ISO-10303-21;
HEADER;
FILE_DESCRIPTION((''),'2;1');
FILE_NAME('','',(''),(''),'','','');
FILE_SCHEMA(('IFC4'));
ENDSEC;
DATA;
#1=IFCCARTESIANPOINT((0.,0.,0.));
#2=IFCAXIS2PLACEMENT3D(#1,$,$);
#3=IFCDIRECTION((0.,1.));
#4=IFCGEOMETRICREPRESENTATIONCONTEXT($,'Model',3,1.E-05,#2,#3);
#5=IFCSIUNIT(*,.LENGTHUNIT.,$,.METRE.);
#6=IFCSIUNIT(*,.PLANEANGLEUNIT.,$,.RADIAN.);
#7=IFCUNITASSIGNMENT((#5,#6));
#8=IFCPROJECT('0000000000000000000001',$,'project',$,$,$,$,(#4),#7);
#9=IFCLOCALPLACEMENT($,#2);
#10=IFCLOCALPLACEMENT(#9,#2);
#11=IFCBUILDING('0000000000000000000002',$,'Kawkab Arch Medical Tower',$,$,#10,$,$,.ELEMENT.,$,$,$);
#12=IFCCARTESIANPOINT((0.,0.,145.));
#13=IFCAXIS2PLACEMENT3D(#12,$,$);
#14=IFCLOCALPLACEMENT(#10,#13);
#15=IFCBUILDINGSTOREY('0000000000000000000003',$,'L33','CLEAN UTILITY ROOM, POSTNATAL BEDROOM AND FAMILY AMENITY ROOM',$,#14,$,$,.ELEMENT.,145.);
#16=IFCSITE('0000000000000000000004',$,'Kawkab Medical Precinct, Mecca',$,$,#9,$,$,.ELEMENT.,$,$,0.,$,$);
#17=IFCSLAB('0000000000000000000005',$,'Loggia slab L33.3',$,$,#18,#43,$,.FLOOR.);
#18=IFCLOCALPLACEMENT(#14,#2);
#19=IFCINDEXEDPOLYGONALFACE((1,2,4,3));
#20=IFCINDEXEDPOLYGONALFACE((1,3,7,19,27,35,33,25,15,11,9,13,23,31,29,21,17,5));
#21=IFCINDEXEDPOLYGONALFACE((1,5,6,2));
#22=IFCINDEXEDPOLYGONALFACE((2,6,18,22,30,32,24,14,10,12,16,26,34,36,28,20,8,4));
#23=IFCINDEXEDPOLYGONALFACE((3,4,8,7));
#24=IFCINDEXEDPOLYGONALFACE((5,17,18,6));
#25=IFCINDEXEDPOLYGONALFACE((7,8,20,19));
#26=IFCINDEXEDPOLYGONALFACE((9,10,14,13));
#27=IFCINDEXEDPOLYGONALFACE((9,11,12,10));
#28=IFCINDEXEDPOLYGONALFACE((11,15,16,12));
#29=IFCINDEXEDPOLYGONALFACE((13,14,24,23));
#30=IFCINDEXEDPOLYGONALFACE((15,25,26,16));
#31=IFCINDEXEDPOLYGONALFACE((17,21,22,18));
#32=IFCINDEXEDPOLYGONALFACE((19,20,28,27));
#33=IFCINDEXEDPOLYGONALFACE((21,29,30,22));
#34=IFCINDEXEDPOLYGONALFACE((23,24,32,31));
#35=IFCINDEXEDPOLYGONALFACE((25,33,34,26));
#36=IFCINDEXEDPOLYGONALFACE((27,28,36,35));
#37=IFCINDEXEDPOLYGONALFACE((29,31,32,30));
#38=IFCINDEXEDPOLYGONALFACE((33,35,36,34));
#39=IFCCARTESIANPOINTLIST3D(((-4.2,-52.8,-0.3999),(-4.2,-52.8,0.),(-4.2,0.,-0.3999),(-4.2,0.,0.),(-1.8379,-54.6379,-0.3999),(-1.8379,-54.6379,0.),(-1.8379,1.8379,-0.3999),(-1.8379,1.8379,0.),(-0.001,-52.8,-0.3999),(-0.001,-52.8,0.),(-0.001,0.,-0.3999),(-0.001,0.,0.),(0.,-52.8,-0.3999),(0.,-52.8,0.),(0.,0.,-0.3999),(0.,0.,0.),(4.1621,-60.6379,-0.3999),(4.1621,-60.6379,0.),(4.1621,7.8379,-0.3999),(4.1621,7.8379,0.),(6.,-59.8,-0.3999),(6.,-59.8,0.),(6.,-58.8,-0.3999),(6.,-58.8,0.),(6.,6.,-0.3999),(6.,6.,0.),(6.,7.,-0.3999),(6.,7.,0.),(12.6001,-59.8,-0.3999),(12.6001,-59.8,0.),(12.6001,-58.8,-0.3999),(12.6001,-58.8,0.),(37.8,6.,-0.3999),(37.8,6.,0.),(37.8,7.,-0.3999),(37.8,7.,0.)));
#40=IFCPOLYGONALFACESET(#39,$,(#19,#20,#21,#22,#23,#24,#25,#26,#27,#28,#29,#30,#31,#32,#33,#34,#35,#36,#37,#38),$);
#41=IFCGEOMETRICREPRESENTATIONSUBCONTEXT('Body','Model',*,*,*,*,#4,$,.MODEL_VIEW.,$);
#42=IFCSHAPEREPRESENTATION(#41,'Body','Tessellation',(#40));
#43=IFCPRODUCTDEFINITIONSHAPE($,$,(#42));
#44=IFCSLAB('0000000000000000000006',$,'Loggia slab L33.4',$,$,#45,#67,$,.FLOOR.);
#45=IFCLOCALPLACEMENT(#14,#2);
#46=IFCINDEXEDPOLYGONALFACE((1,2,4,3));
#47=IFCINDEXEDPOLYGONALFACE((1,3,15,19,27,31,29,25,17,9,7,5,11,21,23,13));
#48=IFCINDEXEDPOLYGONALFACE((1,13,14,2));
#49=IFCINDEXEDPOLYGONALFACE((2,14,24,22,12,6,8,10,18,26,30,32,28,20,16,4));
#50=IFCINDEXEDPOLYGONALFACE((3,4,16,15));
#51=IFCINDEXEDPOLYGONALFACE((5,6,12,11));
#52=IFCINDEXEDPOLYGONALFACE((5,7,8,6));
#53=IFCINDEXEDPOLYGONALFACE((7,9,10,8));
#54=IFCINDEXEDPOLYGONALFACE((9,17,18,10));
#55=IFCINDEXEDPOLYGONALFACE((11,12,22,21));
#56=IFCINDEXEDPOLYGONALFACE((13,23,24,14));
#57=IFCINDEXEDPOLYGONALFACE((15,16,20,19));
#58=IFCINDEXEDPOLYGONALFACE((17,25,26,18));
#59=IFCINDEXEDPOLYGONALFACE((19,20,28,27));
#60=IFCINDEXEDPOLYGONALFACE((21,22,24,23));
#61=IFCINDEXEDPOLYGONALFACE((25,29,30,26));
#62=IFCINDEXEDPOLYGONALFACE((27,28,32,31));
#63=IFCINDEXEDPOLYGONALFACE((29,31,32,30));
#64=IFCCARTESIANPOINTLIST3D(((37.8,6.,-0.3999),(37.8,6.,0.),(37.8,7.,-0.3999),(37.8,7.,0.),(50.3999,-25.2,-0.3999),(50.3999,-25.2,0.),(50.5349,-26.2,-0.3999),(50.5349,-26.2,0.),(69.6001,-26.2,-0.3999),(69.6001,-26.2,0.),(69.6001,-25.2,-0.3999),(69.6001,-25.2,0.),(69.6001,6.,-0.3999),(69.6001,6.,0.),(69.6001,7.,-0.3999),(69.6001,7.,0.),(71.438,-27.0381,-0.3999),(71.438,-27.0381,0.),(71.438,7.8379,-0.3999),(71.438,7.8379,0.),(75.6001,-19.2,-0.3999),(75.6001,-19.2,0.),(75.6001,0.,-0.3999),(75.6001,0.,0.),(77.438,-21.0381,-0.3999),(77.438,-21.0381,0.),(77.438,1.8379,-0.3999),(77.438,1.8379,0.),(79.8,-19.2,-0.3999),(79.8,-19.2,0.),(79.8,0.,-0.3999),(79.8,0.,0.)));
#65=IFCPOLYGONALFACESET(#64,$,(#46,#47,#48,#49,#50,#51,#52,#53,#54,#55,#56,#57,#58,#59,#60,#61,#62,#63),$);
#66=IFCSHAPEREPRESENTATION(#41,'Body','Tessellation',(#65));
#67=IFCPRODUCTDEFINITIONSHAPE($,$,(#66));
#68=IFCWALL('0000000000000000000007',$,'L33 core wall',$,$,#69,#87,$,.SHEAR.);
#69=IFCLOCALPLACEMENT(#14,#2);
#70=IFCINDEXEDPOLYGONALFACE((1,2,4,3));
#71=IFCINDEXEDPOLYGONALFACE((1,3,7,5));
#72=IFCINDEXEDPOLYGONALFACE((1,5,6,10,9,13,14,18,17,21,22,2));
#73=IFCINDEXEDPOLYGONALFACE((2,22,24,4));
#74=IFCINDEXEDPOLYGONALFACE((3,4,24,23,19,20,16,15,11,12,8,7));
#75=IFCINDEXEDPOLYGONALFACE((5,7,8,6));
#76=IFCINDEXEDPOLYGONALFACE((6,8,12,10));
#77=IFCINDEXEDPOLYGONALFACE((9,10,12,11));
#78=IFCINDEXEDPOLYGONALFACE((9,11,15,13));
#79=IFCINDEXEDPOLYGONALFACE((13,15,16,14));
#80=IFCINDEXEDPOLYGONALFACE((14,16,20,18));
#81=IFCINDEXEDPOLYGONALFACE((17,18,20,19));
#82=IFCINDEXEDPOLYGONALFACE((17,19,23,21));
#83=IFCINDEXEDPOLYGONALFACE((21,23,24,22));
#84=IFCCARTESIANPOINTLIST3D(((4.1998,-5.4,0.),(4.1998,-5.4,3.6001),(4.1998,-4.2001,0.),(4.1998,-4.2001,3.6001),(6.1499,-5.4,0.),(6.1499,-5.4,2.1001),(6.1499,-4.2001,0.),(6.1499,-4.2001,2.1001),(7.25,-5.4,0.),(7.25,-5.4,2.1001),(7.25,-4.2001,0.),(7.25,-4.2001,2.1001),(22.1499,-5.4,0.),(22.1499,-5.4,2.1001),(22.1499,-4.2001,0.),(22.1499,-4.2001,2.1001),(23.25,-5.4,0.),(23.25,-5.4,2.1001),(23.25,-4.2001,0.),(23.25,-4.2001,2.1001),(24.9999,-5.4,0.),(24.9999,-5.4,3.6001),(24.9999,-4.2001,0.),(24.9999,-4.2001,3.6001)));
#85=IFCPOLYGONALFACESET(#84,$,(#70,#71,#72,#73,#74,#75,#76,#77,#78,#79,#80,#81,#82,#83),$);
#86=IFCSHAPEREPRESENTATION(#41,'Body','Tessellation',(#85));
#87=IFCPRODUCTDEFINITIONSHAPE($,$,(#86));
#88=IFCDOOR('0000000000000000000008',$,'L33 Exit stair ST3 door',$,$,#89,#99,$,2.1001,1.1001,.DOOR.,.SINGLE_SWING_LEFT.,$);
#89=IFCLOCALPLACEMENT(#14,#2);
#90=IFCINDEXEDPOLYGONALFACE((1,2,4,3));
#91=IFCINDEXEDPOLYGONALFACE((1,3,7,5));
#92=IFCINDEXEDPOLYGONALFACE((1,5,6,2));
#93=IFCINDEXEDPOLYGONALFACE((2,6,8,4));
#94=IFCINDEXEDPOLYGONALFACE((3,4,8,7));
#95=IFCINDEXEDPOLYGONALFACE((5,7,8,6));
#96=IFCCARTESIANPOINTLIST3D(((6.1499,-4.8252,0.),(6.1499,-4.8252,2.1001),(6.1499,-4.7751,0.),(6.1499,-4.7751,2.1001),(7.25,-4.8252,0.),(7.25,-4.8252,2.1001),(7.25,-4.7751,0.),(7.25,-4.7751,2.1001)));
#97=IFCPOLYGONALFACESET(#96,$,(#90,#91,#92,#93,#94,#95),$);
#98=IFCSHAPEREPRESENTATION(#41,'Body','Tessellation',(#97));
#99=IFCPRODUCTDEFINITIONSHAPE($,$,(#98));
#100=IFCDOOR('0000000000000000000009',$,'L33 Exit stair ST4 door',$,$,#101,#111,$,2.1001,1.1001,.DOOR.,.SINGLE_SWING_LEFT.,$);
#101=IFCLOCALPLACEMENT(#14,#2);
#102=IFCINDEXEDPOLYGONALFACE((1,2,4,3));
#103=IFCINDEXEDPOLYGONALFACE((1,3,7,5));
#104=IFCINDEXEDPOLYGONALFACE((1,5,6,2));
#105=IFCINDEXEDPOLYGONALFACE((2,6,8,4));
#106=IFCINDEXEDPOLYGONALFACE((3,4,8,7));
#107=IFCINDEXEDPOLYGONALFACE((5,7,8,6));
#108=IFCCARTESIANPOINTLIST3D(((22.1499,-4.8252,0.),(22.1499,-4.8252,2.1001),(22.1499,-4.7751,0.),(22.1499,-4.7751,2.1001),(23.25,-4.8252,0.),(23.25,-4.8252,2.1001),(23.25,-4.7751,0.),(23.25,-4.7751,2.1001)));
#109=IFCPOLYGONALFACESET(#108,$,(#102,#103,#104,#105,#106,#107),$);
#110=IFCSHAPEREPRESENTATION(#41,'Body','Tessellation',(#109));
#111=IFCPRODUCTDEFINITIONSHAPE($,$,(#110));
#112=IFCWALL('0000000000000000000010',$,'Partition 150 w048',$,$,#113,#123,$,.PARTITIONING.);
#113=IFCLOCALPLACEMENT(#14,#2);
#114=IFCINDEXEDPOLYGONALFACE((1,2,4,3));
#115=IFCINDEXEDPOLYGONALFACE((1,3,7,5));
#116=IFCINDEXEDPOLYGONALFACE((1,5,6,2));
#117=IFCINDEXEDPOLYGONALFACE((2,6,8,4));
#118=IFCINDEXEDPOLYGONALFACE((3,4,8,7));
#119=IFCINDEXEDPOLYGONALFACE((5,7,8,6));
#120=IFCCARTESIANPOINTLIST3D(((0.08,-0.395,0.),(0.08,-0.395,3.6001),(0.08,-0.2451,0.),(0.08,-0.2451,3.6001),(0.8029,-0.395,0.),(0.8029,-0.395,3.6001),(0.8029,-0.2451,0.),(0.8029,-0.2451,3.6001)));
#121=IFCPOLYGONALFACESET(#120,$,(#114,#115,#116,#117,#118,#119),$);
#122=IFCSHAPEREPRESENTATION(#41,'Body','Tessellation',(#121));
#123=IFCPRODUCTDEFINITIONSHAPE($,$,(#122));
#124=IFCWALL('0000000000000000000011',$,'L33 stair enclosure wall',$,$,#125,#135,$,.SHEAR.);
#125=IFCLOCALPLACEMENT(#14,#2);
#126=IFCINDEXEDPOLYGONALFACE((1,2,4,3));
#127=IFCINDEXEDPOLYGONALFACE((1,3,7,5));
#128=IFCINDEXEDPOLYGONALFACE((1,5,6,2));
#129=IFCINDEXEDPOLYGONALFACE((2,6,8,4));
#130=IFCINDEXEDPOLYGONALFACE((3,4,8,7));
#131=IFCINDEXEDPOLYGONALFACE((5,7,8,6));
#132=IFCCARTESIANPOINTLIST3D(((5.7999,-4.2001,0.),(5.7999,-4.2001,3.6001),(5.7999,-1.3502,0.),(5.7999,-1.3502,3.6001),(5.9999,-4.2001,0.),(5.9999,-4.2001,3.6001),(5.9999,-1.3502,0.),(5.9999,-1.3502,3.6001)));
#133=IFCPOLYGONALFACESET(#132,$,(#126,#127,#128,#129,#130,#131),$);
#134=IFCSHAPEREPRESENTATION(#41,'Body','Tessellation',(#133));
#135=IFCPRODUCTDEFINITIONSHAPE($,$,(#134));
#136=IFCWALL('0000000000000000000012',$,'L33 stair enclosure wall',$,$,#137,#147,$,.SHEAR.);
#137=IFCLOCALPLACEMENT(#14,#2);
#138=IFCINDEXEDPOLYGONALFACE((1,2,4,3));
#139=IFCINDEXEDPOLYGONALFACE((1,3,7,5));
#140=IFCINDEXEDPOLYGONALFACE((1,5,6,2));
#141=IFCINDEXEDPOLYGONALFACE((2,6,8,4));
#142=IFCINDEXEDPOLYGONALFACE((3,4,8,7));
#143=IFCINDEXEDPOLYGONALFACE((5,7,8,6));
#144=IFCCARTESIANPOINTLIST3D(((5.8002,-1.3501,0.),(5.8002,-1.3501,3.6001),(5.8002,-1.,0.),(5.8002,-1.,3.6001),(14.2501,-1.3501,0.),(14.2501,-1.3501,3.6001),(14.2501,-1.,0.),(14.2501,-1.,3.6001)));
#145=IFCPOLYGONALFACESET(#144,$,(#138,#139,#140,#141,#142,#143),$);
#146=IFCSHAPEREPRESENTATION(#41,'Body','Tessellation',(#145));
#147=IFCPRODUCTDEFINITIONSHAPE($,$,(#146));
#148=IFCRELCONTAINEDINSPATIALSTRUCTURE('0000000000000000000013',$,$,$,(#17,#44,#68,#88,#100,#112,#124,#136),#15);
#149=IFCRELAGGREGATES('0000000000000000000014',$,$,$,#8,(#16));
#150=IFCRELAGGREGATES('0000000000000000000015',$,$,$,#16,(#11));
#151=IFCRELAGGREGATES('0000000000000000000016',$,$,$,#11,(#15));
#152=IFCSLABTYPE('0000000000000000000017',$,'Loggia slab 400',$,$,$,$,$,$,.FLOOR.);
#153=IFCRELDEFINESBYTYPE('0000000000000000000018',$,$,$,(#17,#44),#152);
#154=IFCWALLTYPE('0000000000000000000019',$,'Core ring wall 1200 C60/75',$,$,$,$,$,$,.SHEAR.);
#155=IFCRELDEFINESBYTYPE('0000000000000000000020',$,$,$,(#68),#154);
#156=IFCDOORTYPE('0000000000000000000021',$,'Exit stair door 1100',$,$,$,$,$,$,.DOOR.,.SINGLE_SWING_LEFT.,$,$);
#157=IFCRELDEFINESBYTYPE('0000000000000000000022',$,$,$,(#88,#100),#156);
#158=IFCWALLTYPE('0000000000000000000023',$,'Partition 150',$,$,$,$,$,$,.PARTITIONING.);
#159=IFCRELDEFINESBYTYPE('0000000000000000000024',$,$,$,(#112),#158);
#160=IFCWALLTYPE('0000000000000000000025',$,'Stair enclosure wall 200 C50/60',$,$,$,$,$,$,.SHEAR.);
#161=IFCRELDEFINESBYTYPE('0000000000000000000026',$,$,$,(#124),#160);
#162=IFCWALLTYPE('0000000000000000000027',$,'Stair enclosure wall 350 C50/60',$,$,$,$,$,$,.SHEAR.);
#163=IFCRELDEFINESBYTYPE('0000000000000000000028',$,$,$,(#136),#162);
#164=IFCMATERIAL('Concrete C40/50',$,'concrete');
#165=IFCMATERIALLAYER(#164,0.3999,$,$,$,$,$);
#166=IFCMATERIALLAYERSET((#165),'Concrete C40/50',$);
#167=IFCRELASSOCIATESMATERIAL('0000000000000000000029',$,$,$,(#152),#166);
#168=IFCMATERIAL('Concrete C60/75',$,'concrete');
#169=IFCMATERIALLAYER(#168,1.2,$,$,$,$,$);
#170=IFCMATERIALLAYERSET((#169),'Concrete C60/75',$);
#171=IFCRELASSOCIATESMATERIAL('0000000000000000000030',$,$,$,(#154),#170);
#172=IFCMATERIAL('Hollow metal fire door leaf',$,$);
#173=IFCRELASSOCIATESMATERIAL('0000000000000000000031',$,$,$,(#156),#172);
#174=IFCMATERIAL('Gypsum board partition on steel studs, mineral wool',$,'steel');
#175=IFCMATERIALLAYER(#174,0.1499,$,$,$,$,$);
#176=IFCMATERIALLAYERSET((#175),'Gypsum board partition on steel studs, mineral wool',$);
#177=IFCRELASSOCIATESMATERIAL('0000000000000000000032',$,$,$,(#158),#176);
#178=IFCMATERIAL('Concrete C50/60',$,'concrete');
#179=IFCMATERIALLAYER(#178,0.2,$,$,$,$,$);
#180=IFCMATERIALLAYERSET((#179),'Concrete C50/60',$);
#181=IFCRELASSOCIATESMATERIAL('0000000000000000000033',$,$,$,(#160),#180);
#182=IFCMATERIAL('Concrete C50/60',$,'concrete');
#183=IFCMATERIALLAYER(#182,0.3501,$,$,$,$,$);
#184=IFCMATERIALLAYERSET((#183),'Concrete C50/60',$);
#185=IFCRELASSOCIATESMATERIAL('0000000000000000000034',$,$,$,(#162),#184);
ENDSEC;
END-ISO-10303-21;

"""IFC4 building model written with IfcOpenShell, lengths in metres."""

from ifc_helpers import new_model, si_unit, direction, frame, frame_2d, origin, place, context, subcontext, project, spatial, polyline, rectangle, outline, extrude, material, layer, layer_set, type_object, element, fill, save


model = new_model("IFC4")

# Units and contexts
model_context = context("Model", 3, precision=1e-05, world=origin(), true_north=direction((0.0, 1.0)))
body_context = subcontext(model_context, "Body", "Model", "MODEL_VIEW")
ifc_project = project(units=[si_unit("LENGTHUNIT", "METRE"), si_unit("PLANEANGLEUNIT", "RADIAN")], contexts=[model_context])

# Site, building, storey
site_placement = place(None, origin())
site = spatial("IfcSite", under=ifc_project, at=site_placement, Name="Kawkab Medical Precinct, Mecca", CompositionType="ELEMENT", RefElevation=0.0)
building_placement = place(site_placement, origin())
building = spatial("IfcBuilding", under=site, at=building_placement, Name="Kawkab Arch Medical Tower", CompositionType="ELEMENT")
storey_placement = place(building_placement, frame((0.0, 0.0, 145.0)))
storey = spatial("IfcBuildingStorey", under=building, at=storey_placement, Name="L33", Description="CLEAN UTILITY ROOM, POSTNATAL BEDROOM AND FAMILY AMENITY ROOM", CompositionType="ELEMENT", Elevation=145.0)

# Slabs
ifc_material_1 = material(Name="Concrete C40/50", Category="concrete")
ifc_layer_1 = layer(ifc_material_1, 0.3999)
ifc_layer_set_1 = layer_set([ifc_layer_1], Name="Concrete C40/50")
slab_type_1 = type_object("IfcSlabType", Name="Loggia slab 400", PredefinedType="FLOOR", material=ifc_layer_set_1)
placement_1 = place(storey_placement, frame((0.0, 0.0, -0.3999)))
element("IfcSlab", 1, at=placement_1, inside=storey, type_object=slab_type_1, Name="Loggia slab L33.3", PredefinedType="FLOOR", context=body_context, shape_type="SweptSolid", body=[
    extrude(outline(polyline([(-4.2, 0.0), (-1.8379, 1.8379), (4.1621, 7.8379), (6.0, 7.0), (37.8, 7.0), (37.8, 6.0), (6.0, 6.0), (0.0, 0.0), (-0.001, 0.0), (-0.001, -52.8), (0.0, -52.8), (6.0, -58.8), (12.6001, -58.8), (12.6001, -59.8), (6.0, -59.8), (4.1621, -60.6379), (-1.8379, -54.6379), (-4.2, -52.8), (-4.2, 0.0)])), origin(), (0.0, 0.0, 1.0), 0.3999),
])
element("IfcSlab", 2, at=placement_1, inside=storey, type_object=slab_type_1, Name="Loggia slab L33.4", PredefinedType="FLOOR", context=body_context, shape_type="SweptSolid", body=[
    extrude(outline(polyline([(37.8, 7.0), (69.6001, 7.0), (71.438, 7.8379), (77.438, 1.8379), (79.8, 0.0), (79.8, -19.2), (77.438, -21.0381), (71.438, -27.0381), (69.6001, -26.2), (50.5349, -26.2), (50.3999, -25.2), (69.6001, -25.2), (75.6001, -19.2), (75.6001, 0.0), (69.6001, 6.0), (37.8, 6.0), (37.8, 7.0)])), origin(), (0.0, 0.0, 1.0), 0.3999),
])

# Wall, openings, doors
ifc_material_2 = material(Name="Concrete C60/75", Category="concrete")
ifc_layer_2 = layer(ifc_material_2, 1.2)
ifc_layer_set_2 = layer_set([ifc_layer_2], Name="Concrete C60/75")
wall_type_1 = type_object("IfcWallType", Name="Core ring wall 1200 C60/75", PredefinedType="SHEAR", material=ifc_layer_set_2)
wall_1_placement = place(storey_placement, frame((4.2, -4.8, 0.0), z_axis=(0.0, 0.0, 1.0), x_axis=(1.0, 0.0, 0.0)))
wall_1 = element("IfcWall", 3, at=wall_1_placement, inside=storey, type_object=wall_type_1, Name="L33 core wall", PredefinedType="SHEAR", context=body_context, shape_type="SweptSolid", body=[
    extrude(rectangle(XDim=20.8, YDim=1.2, at=frame_2d((10.3999, 0.0))), origin(), (0.0, 0.0, 1.0), 3.6001),
])
opening_1_placement = place(wall_1_placement, frame((1.95, 0.0, 0.0)))
opening_1 = element("IfcOpeningElement", 4, at=opening_1_placement, cuts=wall_1, PredefinedType="OPENING", context=body_context, shape_type="SweptSolid", body=[
    extrude(rectangle(XDim=1.1001, YDim=2.1001, at=frame_2d((0.55, 1.05))), frame((0.0, 0.6099, 0.0), z_axis=(0.0, -1.0, 0.0), x_axis=(1.0, 0.0, 0.0)), (0.0, 0.0, 1.0), 1.22),
])
opening_2_placement = place(wall_1_placement, frame((17.95, 0.0, 0.0)))
opening_2 = element("IfcOpeningElement", 5, at=opening_2_placement, cuts=wall_1, PredefinedType="OPENING", context=body_context, shape_type="SweptSolid", body=[
    extrude(rectangle(XDim=1.1001, YDim=2.1001, at=frame_2d((0.55, 1.05))), frame((0.0, 0.6099, 0.0), z_axis=(0.0, -1.0, 0.0), x_axis=(1.0, 0.0, 0.0)), (0.0, 0.0, 1.0), 1.22),
])
ifc_material_3 = material(Name="Hollow metal fire door leaf")
door_type = type_object("IfcDoorType", Name="Exit stair door 1100", OperationType="SINGLE_SWING_LEFT", PredefinedType="DOOR", material=ifc_material_3)
door_1_placement = place(opening_1_placement, origin())
door_1 = element("IfcDoor", 6, at=door_1_placement, inside=storey, type_object=door_type, Name="L33 Exit stair ST3 door", OperationType="SINGLE_SWING_LEFT", OverallHeight=2.1001, OverallWidth=1.1001, PredefinedType="DOOR", context=body_context, shape_type="SweptSolid", body=[
    extrude(rectangle(XDim=1.1001, YDim=2.1001, at=frame_2d((0.55, 1.05))), frame((0.0, 0.0249, 0.0), z_axis=(0.0, -1.0, 0.0), x_axis=(1.0, 0.0, 0.0)), (0.0, 0.0, 1.0), 0.05),
])
fill(opening_1, door_1)
door_2_placement = place(opening_2_placement, origin())
door_2 = element("IfcDoor", 7, at=door_2_placement, inside=storey, type_object=door_type, Name="L33 Exit stair ST4 door", OperationType="SINGLE_SWING_LEFT", OverallHeight=2.1001, OverallWidth=1.1001, PredefinedType="DOOR", context=body_context, shape_type="SweptSolid", body=[
    extrude(rectangle(XDim=1.1001, YDim=2.1001, at=frame_2d((0.55, 1.05))), frame((0.0, 0.0249, 0.0), z_axis=(0.0, -1.0, 0.0), x_axis=(1.0, 0.0, 0.0)), (0.0, 0.0, 1.0), 0.05),
])
fill(opening_2, door_2)

# Walls
ifc_material_4 = material(Name="Gypsum board partition on steel studs, mineral wool", Category="steel")
ifc_layer_3 = layer(ifc_material_4, 0.1499)
ifc_layer_set_3 = layer_set([ifc_layer_3], Name="Gypsum board partition on steel studs, mineral wool")
wall_type_2 = type_object("IfcWallType", Name="Partition 150", PredefinedType="PARTITIONING", material=ifc_layer_set_3)
wall_2_placement = place(storey_placement, frame((0.0801, -0.3201, 0.0), z_axis=(0.0, 0.0, 1.0), x_axis=(1.0, 0.0, 0.0)))
element("IfcWall", 8, at=wall_2_placement, inside=storey, type_object=wall_type_2, Name="Partition 150 w048", PredefinedType="PARTITIONING", context=body_context, shape_type="SweptSolid", body=[
    extrude(rectangle(XDim=0.7229, YDim=0.1499, at=frame_2d((0.3613, 0.0))), origin(), (0.0, 0.0, 1.0), 3.6001),
])
ifc_material_5 = material(Name="Concrete C50/60", Category="concrete")
ifc_layer_4 = layer(ifc_material_5, 0.2)
ifc_layer_set_4 = layer_set([ifc_layer_4], Name="Concrete C50/60")
wall_type_3 = type_object("IfcWallType", Name="Stair enclosure wall 200 C50/60", PredefinedType="SHEAR", material=ifc_layer_set_4)
wall_3_placement = place(storey_placement, frame((5.8999, -4.2, 0.0), z_axis=(0.0, 0.0, 1.0), x_axis=(0.0, 1.0, 0.0)))
element("IfcWall", 9, at=wall_3_placement, inside=storey, type_object=wall_type_3, Name="L33 stair enclosure wall", PredefinedType="SHEAR", context=body_context, shape_type="SweptSolid", body=[
    extrude(rectangle(XDim=2.8499, YDim=0.2, at=frame_2d((1.4248, 0.0))), origin(), (0.0, 0.0, 1.0), 3.6001),
])
ifc_material_6 = material(Name="Concrete C50/60", Category="concrete")
ifc_layer_5 = layer(ifc_material_6, 0.3501)
ifc_layer_set_5 = layer_set([ifc_layer_5], Name="Concrete C50/60")
wall_type_4 = type_object("IfcWallType", Name="Stair enclosure wall 350 C50/60", PredefinedType="SHEAR", material=ifc_layer_set_5)
wall_4_placement = place(storey_placement, frame((5.8, -1.175, 0.0), z_axis=(0.0, 0.0, 1.0), x_axis=(1.0, 0.0, 0.0)))
element("IfcWall", 10, at=wall_4_placement, inside=storey, type_object=wall_type_4, Name="L33 stair enclosure wall", PredefinedType="SHEAR", context=body_context, shape_type="SweptSolid", body=[
    extrude(rectangle(XDim=8.45, YDim=0.3501, at=frame_2d((4.2251, 0.0))), origin(), (0.0, 0.0, 1.0), 3.6001),
])

save(model, "model.ifc")
